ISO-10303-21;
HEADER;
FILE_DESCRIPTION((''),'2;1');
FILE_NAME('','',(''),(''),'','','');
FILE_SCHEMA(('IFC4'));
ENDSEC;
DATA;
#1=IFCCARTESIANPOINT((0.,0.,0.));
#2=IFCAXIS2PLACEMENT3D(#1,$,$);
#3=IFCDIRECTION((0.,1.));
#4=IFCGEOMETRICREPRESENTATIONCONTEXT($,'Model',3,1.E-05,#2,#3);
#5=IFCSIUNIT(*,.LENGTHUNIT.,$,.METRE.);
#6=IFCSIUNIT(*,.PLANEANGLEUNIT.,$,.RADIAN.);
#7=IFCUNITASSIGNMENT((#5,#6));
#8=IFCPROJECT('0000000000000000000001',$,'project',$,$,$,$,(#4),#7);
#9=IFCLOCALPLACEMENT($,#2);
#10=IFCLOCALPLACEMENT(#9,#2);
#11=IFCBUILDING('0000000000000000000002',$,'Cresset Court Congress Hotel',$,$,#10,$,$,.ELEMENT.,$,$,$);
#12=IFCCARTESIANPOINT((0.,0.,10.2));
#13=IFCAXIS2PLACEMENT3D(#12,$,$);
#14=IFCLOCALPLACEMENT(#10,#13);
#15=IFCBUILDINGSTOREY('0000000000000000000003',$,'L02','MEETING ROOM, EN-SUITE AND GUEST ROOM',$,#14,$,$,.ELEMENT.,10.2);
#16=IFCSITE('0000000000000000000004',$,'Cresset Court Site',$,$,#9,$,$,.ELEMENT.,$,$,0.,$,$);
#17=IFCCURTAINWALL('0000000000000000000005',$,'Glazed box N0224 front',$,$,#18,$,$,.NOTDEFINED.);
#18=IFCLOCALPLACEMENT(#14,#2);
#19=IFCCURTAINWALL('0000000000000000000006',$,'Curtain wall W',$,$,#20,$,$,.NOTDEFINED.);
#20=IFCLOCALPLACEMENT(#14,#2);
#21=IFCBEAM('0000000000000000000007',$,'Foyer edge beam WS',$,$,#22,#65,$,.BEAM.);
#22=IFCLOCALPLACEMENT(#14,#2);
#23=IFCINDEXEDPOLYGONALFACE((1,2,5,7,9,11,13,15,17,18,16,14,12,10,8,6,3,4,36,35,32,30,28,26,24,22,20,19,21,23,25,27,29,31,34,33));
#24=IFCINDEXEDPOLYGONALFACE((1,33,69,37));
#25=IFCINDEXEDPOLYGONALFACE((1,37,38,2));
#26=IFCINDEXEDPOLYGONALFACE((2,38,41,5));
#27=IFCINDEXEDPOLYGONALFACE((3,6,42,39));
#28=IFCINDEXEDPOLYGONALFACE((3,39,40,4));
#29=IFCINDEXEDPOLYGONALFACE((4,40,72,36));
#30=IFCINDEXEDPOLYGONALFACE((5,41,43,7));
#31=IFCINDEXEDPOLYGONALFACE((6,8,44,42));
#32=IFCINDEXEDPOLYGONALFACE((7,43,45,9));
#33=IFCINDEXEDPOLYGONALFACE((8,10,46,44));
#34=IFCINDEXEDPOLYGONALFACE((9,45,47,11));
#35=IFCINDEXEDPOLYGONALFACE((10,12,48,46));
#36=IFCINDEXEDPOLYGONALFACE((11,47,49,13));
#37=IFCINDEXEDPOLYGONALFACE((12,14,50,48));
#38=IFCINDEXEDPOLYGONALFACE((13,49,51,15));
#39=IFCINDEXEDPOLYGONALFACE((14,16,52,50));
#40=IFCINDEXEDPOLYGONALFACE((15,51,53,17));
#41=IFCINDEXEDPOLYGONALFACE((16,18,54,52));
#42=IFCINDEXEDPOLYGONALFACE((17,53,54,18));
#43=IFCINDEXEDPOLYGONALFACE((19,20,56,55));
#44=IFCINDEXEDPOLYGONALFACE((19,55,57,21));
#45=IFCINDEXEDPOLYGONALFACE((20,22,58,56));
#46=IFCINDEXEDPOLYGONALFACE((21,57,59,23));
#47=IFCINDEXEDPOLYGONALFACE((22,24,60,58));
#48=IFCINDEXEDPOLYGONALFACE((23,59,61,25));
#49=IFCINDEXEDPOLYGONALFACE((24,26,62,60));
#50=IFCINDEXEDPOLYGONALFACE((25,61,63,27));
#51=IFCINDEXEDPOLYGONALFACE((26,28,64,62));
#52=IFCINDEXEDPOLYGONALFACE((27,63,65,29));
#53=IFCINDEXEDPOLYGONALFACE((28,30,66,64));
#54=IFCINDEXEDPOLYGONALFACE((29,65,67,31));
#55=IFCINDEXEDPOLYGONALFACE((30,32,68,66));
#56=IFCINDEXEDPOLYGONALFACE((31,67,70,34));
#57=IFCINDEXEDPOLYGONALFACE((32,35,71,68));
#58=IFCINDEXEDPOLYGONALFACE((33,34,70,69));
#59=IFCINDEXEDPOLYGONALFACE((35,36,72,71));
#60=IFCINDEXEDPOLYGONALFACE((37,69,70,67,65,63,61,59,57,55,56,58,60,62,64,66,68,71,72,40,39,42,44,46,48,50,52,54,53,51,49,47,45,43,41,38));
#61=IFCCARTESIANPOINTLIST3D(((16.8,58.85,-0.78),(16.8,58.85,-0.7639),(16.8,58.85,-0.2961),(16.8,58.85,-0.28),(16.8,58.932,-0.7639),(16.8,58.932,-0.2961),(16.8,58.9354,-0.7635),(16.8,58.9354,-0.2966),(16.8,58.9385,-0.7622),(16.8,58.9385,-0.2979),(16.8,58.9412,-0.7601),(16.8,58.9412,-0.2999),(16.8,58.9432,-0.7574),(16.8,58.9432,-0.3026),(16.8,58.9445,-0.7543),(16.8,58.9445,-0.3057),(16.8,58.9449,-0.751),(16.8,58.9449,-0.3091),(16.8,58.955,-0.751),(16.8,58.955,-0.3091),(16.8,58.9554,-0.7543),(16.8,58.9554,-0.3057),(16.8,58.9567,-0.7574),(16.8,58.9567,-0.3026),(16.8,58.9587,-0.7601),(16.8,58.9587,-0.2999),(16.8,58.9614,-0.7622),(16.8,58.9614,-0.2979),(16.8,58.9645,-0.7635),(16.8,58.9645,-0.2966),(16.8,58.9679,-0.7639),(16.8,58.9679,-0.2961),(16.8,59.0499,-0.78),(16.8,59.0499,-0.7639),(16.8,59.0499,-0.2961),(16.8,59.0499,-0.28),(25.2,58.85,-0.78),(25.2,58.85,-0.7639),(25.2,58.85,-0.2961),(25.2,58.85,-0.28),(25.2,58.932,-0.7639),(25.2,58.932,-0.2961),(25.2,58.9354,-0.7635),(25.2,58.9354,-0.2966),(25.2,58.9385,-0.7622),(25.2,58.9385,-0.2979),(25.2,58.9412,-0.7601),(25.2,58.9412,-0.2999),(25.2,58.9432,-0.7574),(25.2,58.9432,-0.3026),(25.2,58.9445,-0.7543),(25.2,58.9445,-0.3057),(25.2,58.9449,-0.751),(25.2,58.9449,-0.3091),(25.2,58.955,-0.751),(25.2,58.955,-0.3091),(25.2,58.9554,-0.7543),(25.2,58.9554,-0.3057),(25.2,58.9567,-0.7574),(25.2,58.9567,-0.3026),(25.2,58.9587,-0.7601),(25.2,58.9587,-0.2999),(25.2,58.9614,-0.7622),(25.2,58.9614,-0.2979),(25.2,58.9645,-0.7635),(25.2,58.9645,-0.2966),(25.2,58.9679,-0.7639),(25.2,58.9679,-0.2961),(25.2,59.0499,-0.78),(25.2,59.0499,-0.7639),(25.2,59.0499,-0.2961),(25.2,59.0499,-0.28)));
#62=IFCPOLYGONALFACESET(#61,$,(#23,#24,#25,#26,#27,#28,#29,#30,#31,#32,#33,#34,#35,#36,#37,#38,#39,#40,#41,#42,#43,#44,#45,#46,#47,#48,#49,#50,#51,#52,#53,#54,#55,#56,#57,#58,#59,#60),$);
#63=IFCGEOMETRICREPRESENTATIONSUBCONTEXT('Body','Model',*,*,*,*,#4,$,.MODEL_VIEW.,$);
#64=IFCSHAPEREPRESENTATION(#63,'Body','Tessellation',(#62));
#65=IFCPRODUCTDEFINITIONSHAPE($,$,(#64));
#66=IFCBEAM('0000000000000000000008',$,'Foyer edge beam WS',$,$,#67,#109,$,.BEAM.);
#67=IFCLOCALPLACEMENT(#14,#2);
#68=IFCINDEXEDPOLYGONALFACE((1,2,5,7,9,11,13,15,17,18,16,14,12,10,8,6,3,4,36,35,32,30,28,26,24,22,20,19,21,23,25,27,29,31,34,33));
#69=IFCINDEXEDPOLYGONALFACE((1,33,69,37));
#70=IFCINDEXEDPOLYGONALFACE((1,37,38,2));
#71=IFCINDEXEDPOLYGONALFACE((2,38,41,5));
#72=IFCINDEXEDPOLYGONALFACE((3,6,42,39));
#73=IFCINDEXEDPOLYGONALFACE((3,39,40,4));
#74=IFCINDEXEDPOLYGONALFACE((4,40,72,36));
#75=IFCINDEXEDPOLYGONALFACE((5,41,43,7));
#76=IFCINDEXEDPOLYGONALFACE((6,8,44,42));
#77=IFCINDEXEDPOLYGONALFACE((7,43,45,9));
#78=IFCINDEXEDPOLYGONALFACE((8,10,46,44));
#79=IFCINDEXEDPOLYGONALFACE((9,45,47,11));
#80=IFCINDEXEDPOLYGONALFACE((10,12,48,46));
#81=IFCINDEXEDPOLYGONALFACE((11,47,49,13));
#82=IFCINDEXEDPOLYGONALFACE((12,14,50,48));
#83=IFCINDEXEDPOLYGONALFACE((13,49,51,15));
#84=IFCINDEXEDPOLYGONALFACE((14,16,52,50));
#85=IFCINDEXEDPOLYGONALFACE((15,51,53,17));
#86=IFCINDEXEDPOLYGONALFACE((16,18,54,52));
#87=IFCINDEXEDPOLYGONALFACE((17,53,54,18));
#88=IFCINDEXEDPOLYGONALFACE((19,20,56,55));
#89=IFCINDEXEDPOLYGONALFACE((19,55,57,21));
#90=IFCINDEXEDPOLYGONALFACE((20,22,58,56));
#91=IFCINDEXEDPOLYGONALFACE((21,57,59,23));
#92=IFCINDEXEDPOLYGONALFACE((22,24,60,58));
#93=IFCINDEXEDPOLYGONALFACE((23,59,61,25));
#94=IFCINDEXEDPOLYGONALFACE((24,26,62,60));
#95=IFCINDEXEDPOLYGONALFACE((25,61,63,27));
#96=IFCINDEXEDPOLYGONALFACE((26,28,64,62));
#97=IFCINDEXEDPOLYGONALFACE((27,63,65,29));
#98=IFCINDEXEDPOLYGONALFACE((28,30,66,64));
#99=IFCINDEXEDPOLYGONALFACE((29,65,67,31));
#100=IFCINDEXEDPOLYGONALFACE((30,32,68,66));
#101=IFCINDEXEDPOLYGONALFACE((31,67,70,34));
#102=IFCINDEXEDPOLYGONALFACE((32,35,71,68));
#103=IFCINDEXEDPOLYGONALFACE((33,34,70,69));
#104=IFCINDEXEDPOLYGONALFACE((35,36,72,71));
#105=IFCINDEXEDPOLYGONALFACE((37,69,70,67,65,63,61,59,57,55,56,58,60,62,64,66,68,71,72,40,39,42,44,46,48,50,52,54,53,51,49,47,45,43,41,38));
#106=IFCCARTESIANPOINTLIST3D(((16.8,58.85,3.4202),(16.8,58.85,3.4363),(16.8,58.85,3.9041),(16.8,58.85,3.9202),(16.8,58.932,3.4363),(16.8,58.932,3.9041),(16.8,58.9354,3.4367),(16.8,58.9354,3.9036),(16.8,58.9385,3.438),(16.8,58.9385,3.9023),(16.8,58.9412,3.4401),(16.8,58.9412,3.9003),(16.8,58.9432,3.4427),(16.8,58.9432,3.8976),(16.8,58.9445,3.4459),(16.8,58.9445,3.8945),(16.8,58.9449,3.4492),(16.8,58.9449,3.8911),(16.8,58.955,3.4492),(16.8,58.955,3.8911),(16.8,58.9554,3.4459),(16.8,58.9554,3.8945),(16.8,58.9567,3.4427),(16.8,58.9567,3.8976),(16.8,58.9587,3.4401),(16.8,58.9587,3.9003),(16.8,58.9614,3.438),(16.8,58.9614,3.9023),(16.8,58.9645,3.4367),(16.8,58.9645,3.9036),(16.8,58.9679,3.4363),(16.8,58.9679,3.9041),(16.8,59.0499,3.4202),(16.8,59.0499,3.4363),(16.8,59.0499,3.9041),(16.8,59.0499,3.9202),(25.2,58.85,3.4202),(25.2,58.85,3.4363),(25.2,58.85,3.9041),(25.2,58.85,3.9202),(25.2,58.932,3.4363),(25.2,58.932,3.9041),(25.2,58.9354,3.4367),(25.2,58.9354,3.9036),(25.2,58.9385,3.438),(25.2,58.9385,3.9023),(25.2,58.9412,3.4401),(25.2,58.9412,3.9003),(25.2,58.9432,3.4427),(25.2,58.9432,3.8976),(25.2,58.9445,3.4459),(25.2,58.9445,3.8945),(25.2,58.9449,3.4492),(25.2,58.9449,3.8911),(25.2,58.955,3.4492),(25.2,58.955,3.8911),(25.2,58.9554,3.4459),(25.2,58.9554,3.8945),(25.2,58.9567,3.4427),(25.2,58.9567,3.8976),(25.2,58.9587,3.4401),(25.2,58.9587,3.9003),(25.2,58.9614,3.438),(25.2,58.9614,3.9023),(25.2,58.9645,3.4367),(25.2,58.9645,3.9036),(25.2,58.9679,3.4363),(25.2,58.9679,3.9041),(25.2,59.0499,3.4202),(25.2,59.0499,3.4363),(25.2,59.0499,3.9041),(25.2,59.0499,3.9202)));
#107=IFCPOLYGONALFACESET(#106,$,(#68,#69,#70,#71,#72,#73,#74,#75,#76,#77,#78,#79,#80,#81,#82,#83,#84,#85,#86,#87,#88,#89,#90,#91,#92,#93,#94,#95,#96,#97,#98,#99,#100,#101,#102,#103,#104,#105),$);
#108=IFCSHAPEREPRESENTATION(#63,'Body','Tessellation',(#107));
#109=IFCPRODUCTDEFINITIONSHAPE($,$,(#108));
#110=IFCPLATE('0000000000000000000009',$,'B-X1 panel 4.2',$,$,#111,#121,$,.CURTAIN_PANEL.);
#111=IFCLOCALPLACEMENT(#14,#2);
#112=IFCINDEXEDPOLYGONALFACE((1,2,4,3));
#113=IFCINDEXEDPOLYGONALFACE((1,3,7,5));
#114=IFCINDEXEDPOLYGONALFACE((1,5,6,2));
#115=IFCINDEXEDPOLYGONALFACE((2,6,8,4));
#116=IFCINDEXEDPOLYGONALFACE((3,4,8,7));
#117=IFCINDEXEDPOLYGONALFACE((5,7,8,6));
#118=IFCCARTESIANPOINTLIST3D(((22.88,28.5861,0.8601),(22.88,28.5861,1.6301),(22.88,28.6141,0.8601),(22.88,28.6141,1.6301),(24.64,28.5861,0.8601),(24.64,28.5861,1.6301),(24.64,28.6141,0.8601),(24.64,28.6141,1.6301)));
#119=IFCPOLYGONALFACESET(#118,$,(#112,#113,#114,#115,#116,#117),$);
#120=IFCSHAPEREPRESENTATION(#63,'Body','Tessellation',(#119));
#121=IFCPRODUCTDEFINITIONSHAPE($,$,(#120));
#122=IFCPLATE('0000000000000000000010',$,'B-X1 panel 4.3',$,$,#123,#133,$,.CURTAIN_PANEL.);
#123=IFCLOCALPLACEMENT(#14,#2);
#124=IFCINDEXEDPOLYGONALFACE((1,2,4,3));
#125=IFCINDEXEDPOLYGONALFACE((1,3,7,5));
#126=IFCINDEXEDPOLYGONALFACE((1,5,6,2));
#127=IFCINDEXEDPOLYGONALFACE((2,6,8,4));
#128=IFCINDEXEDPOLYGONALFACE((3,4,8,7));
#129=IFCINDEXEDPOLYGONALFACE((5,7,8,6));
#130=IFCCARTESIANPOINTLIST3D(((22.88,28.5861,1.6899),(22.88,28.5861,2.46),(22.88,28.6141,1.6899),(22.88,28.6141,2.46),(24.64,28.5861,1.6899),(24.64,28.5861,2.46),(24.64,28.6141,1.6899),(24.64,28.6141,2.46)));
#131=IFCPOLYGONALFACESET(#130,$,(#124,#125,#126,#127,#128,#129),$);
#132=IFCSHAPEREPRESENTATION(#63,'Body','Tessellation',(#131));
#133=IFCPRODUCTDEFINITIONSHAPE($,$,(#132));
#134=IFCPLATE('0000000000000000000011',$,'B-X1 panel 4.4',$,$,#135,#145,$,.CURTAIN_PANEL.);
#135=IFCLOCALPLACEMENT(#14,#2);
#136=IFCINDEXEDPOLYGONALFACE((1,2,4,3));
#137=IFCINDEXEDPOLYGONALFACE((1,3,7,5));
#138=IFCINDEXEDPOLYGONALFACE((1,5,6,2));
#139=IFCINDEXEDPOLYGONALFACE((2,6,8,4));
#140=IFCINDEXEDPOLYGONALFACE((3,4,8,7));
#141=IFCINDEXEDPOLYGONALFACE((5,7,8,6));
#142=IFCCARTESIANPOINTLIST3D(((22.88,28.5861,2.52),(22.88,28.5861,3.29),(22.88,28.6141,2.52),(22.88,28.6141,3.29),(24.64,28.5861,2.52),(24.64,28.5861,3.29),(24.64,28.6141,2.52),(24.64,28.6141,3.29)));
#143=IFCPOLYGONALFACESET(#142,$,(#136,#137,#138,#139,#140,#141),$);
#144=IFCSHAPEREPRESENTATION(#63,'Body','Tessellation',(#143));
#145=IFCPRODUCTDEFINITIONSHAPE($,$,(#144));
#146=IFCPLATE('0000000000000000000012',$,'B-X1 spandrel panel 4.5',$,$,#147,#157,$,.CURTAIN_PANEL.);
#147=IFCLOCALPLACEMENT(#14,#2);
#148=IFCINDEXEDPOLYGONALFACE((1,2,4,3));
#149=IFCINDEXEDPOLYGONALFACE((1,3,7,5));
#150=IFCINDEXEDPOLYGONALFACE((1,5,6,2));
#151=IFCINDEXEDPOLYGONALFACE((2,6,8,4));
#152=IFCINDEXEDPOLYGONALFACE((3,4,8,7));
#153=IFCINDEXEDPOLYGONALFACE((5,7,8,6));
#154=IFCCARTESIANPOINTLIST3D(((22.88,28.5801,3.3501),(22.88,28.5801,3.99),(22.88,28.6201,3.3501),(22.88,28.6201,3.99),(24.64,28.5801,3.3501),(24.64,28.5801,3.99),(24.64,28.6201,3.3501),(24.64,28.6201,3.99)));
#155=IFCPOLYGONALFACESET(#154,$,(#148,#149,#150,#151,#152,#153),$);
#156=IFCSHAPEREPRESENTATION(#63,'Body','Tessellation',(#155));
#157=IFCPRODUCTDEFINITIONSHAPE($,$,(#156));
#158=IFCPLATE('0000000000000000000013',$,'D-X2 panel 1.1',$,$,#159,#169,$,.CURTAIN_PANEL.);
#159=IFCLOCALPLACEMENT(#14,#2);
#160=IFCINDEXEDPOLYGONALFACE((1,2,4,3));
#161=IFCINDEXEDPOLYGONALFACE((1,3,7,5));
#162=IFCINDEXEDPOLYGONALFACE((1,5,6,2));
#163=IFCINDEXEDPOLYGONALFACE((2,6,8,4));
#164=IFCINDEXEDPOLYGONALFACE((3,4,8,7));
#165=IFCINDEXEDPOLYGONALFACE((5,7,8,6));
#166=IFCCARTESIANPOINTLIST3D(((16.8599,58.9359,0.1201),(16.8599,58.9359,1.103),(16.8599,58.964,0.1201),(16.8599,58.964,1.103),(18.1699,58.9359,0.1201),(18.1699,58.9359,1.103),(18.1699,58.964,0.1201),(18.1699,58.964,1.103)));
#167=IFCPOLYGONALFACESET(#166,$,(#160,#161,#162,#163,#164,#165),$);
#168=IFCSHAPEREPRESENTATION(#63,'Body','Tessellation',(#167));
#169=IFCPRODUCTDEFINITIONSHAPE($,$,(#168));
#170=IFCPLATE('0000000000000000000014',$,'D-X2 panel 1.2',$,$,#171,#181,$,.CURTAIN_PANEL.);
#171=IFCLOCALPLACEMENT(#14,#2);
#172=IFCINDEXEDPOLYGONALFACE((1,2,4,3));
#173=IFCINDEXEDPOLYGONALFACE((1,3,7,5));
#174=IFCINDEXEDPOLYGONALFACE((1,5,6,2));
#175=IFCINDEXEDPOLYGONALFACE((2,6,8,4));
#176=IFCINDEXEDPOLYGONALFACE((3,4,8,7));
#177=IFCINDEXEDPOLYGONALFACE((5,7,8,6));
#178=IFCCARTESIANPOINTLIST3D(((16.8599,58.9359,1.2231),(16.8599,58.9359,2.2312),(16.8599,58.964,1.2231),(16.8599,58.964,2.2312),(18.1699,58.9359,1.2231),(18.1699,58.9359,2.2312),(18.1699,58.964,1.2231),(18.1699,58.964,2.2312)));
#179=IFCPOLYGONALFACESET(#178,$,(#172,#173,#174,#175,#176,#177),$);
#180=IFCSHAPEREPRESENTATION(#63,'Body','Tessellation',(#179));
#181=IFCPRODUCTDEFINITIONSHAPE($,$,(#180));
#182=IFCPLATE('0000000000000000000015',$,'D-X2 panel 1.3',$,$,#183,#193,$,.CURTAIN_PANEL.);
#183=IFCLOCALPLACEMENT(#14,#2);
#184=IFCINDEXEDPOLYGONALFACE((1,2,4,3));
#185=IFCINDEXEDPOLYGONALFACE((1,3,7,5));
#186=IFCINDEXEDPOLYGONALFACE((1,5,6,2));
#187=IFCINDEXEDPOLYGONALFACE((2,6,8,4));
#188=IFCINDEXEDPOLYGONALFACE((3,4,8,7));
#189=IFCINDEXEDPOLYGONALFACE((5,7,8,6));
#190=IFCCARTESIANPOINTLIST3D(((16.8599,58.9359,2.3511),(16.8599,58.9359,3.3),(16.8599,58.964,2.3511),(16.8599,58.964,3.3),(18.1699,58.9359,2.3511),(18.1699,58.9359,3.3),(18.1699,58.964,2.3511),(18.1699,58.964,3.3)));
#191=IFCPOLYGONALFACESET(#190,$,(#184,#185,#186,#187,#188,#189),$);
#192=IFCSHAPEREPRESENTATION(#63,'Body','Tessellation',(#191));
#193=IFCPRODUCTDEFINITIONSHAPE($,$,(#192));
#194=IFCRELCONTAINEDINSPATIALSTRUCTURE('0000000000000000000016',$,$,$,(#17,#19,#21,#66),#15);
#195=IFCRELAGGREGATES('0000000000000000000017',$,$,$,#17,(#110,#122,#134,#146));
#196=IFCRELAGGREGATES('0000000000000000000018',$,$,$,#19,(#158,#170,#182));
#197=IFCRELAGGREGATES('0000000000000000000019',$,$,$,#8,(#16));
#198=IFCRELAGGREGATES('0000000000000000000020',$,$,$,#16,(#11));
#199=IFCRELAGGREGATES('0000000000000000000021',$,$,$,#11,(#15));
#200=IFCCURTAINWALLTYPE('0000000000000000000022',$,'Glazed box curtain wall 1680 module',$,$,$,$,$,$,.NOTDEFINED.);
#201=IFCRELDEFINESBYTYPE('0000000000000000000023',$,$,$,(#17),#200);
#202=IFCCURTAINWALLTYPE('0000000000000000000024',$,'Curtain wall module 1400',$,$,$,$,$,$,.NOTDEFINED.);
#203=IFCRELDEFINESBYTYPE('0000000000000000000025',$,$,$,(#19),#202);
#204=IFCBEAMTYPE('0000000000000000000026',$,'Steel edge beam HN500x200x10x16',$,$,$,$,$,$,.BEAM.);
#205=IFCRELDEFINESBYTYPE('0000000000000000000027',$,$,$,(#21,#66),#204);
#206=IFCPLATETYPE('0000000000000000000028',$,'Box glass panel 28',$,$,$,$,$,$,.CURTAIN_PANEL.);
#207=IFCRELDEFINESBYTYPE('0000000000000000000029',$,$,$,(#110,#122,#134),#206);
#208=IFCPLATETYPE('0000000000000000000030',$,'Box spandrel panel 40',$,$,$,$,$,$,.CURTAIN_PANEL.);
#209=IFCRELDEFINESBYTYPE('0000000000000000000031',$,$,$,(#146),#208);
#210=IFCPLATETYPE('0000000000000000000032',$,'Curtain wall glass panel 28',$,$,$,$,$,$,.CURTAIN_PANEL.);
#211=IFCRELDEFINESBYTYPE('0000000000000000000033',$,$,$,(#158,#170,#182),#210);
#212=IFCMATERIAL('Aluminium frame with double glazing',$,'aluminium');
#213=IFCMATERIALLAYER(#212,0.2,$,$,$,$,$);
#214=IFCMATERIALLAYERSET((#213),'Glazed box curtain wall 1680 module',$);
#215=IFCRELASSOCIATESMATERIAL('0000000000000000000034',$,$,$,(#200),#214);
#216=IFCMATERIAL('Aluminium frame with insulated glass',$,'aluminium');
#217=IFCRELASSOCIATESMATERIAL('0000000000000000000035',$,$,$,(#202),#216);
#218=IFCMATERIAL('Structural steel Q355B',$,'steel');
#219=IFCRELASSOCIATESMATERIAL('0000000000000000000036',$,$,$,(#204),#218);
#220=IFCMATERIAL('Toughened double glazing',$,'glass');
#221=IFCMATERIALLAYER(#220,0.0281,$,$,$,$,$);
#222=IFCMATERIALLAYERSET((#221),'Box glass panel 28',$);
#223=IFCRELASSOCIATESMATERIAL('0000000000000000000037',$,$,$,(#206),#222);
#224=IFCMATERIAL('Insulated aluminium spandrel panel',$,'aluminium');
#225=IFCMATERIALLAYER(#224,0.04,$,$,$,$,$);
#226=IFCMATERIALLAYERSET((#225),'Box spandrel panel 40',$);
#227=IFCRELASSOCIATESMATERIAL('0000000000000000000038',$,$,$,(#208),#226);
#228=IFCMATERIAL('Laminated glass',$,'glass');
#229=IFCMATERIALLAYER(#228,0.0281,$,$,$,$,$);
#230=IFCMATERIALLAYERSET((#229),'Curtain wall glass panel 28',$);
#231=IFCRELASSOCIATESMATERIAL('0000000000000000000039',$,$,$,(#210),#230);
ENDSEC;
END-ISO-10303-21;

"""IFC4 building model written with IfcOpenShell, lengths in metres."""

from ifc_helpers import new_model, si_unit, direction, frame, origin, origin_2d, place, context, subcontext, project, spatial, rectangle, i_section, extrude, material, layer, layer_set, material_profile, profile_set, type_object, element, aggregate, save


model = new_model("IFC4")

# Units and contexts
model_context = context("Model", 3, precision=1e-05, world=origin(), true_north=direction((0.0, 1.0)))
body_context = subcontext(model_context, "Body", "Model", "MODEL_VIEW")
ifc_project = project(units=[si_unit("LENGTHUNIT", "METRE"), si_unit("PLANEANGLEUNIT", "RADIAN")], contexts=[model_context])

# Site, building, storey
site_placement = place(None, origin())
site = spatial("IfcSite", under=ifc_project, at=site_placement, Name="Cresset Court Site", CompositionType="ELEMENT", RefElevation=0.0)
building_placement = place(site_placement, origin())
building = spatial("IfcBuilding", under=site, at=building_placement, Name="Cresset Court Congress Hotel", CompositionType="ELEMENT")
storey_placement = place(building_placement, frame((0.0, 0.0, 10.2)))
storey = spatial("IfcBuildingStorey", under=building, at=storey_placement, Name="L02", Description="MEETING ROOM, EN-SUITE AND GUEST ROOM", CompositionType="ELEMENT", Elevation=10.2)

# Curtain wall
ifc_material_1 = material(Name="Aluminium frame with double glazing", Category="aluminium")
ifc_layer_1 = layer(ifc_material_1, 0.2)
ifc_layer_set_1 = layer_set([ifc_layer_1], Name="Glazed box curtain wall 1680 module")
curtain_wall_type_1 = type_object("IfcCurtainWallType", Name="Glazed box curtain wall 1680 module", PredefinedType="NOTDEFINED", material=ifc_layer_set_1)
curtain_wall_1_placement = place(storey_placement, origin())
curtain_wall_1 = element("IfcCurtainWall", 1, at=curtain_wall_1_placement, inside=storey, type_object=curtain_wall_type_1, Name="Glazed box N0224 front", PredefinedType="NOTDEFINED")

# Curtain wall
ifc_material_2 = material(Name="Aluminium frame with insulated glass", Category="aluminium")
curtain_wall_type_2 = type_object("IfcCurtainWallType", Name="Curtain wall module 1400", PredefinedType="NOTDEFINED", material=ifc_material_2)
curtain_wall_2_placement = place(storey_placement, origin())
curtain_wall_2 = element("IfcCurtainWall", 2, at=curtain_wall_2_placement, inside=storey, type_object=curtain_wall_type_2, Name="Curtain wall W", PredefinedType="NOTDEFINED")

# Beams
ifc_material_3 = material(Name="Structural steel Q355B", Category="steel")
ifc_material_profile_1 = material_profile(ifc_material_3, i_section(OverallWidth=0.2, OverallDepth=0.5, WebThickness=0.01, FlangeThickness=0.0161, FilletRadius=0.0129, at=origin_2d()), Name="HN500x200x10x16")
ifc_profile_set_1 = profile_set([ifc_material_profile_1], Name="Structural steel Q355B")
beam_type = type_object("IfcBeamType", Name="Steel edge beam HN500x200x10x16", PredefinedType="BEAM", material=ifc_profile_set_1)
for number, where, z_axis, x_axis, name in (
    (3, (16.8, 58.95, -0.53), (1.0, 0.0, 0.0), (0.0, 1.0, 0.0), "Foyer edge beam WS"),
    (4, (16.8, 58.95, 3.6702), (1.0, 0.0, 0.0), (0.0, 1.0, 0.0), "Foyer edge beam WS"),
):
    element("IfcBeam", number, at=place(storey_placement, frame(where, z_axis=z_axis, x_axis=x_axis)), inside=storey, type_object=beam_type, Name=name, PredefinedType="BEAM", context=body_context, shape_type="SweptSolid", body=[
        extrude(i_section(OverallWidth=0.2, OverallDepth=0.5, WebThickness=0.01, FlangeThickness=0.0161, FilletRadius=0.0129, at=origin_2d()), origin(), (0.0, 0.0, 1.0), 8.3999),
    ])

# Plates
ifc_material_4 = material(Name="Toughened double glazing", Category="glass")
ifc_layer_2 = layer(ifc_material_4, 0.0281)
ifc_layer_set_2 = layer_set([ifc_layer_2], Name="Box glass panel 28")
plate_type_1 = type_object("IfcPlateType", Name="Box glass panel 28", PredefinedType="CURTAIN_PANEL", material=ifc_layer_set_2)
plate_1_placement = place(storey_placement, frame((23.76, 28.6001, 0.8601), z_axis=(0.0, 0.0, 1.0), x_axis=(1.0, 0.0, 0.0)))
plate_1 = element("IfcPlate", 5, at=plate_1_placement, type_object=plate_type_1, Name="B-X1 panel 4.2", PredefinedType="CURTAIN_PANEL", context=body_context, shape_type="SweptSolid", body=[
    extrude(rectangle(XDim=1.76, YDim=0.0281, at=origin_2d()), origin(), (0.0, 0.0, 1.0), 0.77),
])
plate_2_placement = place(storey_placement, frame((23.76, 28.6001, 1.6899), z_axis=(0.0, 0.0, 1.0), x_axis=(1.0, 0.0, 0.0)))
plate_2 = element("IfcPlate", 6, at=plate_2_placement, type_object=plate_type_1, Name="B-X1 panel 4.3", PredefinedType="CURTAIN_PANEL", context=body_context, shape_type="SweptSolid", body=[
    extrude(rectangle(XDim=1.76, YDim=0.0281, at=origin_2d()), origin(), (0.0, 0.0, 1.0), 0.77),
])
plate_3_placement = place(storey_placement, frame((23.76, 28.6001, 2.52), z_axis=(0.0, 0.0, 1.0), x_axis=(1.0, 0.0, 0.0)))
plate_3 = element("IfcPlate", 7, at=plate_3_placement, type_object=plate_type_1, Name="B-X1 panel 4.4", PredefinedType="CURTAIN_PANEL", context=body_context, shape_type="SweptSolid", body=[
    extrude(rectangle(XDim=1.76, YDim=0.0281, at=origin_2d()), origin(), (0.0, 0.0, 1.0), 0.77),
])
ifc_material_5 = material(Name="Insulated aluminium spandrel panel", Category="aluminium")
ifc_layer_3 = layer(ifc_material_5, 0.04)
ifc_layer_set_3 = layer_set([ifc_layer_3], Name="Box spandrel panel 40")
plate_type_2 = type_object("IfcPlateType", Name="Box spandrel panel 40", PredefinedType="CURTAIN_PANEL", material=ifc_layer_set_3)
plate_4_placement = place(storey_placement, frame((23.76, 28.6001, 3.3501), z_axis=(0.0, 0.0, 1.0), x_axis=(1.0, 0.0, 0.0)))
plate_4 = element("IfcPlate", 8, at=plate_4_placement, type_object=plate_type_2, Name="B-X1 spandrel panel 4.5", PredefinedType="CURTAIN_PANEL", context=body_context, shape_type="SweptSolid", body=[
    extrude(rectangle(XDim=1.76, YDim=0.04, at=origin_2d()), origin(), (0.0, 0.0, 1.0), 0.6399),
])
aggregate(curtain_wall_1, [plate_1, plate_2, plate_3, plate_4])
ifc_material_6 = material(Name="Laminated glass", Category="glass")
ifc_layer_4 = layer(ifc_material_6, 0.0281)
ifc_layer_set_4 = layer_set([ifc_layer_4], Name="Curtain wall glass panel 28")
plate_type_3 = type_object("IfcPlateType", Name="Curtain wall glass panel 28", PredefinedType="CURTAIN_PANEL", material=ifc_layer_set_4)
plate_5_placement = place(storey_placement, frame((17.5149, 58.95, 0.1201), z_axis=(0.0, 0.0, 1.0), x_axis=(1.0, 0.0, 0.0)))
plate_5 = element("IfcPlate", 9, at=plate_5_placement, type_object=plate_type_3, Name="D-X2 panel 1.1", PredefinedType="CURTAIN_PANEL", context=body_context, shape_type="SweptSolid", body=[
    extrude(rectangle(XDim=1.3101, YDim=0.0281, at=origin_2d()), origin(), (0.0, 0.0, 1.0), 0.9829),
])
plate_6_placement = place(storey_placement, frame((17.5149, 58.95, 1.2231), z_axis=(0.0, 0.0, 1.0), x_axis=(1.0, 0.0, 0.0)))
plate_6 = element("IfcPlate", 10, at=plate_6_placement, type_object=plate_type_3, Name="D-X2 panel 1.2", PredefinedType="CURTAIN_PANEL", context=body_context, shape_type="SweptSolid", body=[
    extrude(rectangle(XDim=1.3101, YDim=0.0281, at=origin_2d()), origin(), (0.0, 0.0, 1.0), 1.0081),
])
plate_7_placement = place(storey_placement, frame((17.5149, 58.95, 2.3511), z_axis=(0.0, 0.0, 1.0), x_axis=(1.0, 0.0, 0.0)))
plate_7 = element("IfcPlate", 11, at=plate_7_placement, type_object=plate_type_3, Name="D-X2 panel 1.3", PredefinedType="CURTAIN_PANEL", context=body_context, shape_type="SweptSolid", body=[
    extrude(rectangle(XDim=1.3101, YDim=0.0281, at=origin_2d()), origin(), (0.0, 0.0, 1.0), 0.949),
])
aggregate(curtain_wall_2, [plate_5, plate_6, plate_7])

save(model, "model.ifc")
